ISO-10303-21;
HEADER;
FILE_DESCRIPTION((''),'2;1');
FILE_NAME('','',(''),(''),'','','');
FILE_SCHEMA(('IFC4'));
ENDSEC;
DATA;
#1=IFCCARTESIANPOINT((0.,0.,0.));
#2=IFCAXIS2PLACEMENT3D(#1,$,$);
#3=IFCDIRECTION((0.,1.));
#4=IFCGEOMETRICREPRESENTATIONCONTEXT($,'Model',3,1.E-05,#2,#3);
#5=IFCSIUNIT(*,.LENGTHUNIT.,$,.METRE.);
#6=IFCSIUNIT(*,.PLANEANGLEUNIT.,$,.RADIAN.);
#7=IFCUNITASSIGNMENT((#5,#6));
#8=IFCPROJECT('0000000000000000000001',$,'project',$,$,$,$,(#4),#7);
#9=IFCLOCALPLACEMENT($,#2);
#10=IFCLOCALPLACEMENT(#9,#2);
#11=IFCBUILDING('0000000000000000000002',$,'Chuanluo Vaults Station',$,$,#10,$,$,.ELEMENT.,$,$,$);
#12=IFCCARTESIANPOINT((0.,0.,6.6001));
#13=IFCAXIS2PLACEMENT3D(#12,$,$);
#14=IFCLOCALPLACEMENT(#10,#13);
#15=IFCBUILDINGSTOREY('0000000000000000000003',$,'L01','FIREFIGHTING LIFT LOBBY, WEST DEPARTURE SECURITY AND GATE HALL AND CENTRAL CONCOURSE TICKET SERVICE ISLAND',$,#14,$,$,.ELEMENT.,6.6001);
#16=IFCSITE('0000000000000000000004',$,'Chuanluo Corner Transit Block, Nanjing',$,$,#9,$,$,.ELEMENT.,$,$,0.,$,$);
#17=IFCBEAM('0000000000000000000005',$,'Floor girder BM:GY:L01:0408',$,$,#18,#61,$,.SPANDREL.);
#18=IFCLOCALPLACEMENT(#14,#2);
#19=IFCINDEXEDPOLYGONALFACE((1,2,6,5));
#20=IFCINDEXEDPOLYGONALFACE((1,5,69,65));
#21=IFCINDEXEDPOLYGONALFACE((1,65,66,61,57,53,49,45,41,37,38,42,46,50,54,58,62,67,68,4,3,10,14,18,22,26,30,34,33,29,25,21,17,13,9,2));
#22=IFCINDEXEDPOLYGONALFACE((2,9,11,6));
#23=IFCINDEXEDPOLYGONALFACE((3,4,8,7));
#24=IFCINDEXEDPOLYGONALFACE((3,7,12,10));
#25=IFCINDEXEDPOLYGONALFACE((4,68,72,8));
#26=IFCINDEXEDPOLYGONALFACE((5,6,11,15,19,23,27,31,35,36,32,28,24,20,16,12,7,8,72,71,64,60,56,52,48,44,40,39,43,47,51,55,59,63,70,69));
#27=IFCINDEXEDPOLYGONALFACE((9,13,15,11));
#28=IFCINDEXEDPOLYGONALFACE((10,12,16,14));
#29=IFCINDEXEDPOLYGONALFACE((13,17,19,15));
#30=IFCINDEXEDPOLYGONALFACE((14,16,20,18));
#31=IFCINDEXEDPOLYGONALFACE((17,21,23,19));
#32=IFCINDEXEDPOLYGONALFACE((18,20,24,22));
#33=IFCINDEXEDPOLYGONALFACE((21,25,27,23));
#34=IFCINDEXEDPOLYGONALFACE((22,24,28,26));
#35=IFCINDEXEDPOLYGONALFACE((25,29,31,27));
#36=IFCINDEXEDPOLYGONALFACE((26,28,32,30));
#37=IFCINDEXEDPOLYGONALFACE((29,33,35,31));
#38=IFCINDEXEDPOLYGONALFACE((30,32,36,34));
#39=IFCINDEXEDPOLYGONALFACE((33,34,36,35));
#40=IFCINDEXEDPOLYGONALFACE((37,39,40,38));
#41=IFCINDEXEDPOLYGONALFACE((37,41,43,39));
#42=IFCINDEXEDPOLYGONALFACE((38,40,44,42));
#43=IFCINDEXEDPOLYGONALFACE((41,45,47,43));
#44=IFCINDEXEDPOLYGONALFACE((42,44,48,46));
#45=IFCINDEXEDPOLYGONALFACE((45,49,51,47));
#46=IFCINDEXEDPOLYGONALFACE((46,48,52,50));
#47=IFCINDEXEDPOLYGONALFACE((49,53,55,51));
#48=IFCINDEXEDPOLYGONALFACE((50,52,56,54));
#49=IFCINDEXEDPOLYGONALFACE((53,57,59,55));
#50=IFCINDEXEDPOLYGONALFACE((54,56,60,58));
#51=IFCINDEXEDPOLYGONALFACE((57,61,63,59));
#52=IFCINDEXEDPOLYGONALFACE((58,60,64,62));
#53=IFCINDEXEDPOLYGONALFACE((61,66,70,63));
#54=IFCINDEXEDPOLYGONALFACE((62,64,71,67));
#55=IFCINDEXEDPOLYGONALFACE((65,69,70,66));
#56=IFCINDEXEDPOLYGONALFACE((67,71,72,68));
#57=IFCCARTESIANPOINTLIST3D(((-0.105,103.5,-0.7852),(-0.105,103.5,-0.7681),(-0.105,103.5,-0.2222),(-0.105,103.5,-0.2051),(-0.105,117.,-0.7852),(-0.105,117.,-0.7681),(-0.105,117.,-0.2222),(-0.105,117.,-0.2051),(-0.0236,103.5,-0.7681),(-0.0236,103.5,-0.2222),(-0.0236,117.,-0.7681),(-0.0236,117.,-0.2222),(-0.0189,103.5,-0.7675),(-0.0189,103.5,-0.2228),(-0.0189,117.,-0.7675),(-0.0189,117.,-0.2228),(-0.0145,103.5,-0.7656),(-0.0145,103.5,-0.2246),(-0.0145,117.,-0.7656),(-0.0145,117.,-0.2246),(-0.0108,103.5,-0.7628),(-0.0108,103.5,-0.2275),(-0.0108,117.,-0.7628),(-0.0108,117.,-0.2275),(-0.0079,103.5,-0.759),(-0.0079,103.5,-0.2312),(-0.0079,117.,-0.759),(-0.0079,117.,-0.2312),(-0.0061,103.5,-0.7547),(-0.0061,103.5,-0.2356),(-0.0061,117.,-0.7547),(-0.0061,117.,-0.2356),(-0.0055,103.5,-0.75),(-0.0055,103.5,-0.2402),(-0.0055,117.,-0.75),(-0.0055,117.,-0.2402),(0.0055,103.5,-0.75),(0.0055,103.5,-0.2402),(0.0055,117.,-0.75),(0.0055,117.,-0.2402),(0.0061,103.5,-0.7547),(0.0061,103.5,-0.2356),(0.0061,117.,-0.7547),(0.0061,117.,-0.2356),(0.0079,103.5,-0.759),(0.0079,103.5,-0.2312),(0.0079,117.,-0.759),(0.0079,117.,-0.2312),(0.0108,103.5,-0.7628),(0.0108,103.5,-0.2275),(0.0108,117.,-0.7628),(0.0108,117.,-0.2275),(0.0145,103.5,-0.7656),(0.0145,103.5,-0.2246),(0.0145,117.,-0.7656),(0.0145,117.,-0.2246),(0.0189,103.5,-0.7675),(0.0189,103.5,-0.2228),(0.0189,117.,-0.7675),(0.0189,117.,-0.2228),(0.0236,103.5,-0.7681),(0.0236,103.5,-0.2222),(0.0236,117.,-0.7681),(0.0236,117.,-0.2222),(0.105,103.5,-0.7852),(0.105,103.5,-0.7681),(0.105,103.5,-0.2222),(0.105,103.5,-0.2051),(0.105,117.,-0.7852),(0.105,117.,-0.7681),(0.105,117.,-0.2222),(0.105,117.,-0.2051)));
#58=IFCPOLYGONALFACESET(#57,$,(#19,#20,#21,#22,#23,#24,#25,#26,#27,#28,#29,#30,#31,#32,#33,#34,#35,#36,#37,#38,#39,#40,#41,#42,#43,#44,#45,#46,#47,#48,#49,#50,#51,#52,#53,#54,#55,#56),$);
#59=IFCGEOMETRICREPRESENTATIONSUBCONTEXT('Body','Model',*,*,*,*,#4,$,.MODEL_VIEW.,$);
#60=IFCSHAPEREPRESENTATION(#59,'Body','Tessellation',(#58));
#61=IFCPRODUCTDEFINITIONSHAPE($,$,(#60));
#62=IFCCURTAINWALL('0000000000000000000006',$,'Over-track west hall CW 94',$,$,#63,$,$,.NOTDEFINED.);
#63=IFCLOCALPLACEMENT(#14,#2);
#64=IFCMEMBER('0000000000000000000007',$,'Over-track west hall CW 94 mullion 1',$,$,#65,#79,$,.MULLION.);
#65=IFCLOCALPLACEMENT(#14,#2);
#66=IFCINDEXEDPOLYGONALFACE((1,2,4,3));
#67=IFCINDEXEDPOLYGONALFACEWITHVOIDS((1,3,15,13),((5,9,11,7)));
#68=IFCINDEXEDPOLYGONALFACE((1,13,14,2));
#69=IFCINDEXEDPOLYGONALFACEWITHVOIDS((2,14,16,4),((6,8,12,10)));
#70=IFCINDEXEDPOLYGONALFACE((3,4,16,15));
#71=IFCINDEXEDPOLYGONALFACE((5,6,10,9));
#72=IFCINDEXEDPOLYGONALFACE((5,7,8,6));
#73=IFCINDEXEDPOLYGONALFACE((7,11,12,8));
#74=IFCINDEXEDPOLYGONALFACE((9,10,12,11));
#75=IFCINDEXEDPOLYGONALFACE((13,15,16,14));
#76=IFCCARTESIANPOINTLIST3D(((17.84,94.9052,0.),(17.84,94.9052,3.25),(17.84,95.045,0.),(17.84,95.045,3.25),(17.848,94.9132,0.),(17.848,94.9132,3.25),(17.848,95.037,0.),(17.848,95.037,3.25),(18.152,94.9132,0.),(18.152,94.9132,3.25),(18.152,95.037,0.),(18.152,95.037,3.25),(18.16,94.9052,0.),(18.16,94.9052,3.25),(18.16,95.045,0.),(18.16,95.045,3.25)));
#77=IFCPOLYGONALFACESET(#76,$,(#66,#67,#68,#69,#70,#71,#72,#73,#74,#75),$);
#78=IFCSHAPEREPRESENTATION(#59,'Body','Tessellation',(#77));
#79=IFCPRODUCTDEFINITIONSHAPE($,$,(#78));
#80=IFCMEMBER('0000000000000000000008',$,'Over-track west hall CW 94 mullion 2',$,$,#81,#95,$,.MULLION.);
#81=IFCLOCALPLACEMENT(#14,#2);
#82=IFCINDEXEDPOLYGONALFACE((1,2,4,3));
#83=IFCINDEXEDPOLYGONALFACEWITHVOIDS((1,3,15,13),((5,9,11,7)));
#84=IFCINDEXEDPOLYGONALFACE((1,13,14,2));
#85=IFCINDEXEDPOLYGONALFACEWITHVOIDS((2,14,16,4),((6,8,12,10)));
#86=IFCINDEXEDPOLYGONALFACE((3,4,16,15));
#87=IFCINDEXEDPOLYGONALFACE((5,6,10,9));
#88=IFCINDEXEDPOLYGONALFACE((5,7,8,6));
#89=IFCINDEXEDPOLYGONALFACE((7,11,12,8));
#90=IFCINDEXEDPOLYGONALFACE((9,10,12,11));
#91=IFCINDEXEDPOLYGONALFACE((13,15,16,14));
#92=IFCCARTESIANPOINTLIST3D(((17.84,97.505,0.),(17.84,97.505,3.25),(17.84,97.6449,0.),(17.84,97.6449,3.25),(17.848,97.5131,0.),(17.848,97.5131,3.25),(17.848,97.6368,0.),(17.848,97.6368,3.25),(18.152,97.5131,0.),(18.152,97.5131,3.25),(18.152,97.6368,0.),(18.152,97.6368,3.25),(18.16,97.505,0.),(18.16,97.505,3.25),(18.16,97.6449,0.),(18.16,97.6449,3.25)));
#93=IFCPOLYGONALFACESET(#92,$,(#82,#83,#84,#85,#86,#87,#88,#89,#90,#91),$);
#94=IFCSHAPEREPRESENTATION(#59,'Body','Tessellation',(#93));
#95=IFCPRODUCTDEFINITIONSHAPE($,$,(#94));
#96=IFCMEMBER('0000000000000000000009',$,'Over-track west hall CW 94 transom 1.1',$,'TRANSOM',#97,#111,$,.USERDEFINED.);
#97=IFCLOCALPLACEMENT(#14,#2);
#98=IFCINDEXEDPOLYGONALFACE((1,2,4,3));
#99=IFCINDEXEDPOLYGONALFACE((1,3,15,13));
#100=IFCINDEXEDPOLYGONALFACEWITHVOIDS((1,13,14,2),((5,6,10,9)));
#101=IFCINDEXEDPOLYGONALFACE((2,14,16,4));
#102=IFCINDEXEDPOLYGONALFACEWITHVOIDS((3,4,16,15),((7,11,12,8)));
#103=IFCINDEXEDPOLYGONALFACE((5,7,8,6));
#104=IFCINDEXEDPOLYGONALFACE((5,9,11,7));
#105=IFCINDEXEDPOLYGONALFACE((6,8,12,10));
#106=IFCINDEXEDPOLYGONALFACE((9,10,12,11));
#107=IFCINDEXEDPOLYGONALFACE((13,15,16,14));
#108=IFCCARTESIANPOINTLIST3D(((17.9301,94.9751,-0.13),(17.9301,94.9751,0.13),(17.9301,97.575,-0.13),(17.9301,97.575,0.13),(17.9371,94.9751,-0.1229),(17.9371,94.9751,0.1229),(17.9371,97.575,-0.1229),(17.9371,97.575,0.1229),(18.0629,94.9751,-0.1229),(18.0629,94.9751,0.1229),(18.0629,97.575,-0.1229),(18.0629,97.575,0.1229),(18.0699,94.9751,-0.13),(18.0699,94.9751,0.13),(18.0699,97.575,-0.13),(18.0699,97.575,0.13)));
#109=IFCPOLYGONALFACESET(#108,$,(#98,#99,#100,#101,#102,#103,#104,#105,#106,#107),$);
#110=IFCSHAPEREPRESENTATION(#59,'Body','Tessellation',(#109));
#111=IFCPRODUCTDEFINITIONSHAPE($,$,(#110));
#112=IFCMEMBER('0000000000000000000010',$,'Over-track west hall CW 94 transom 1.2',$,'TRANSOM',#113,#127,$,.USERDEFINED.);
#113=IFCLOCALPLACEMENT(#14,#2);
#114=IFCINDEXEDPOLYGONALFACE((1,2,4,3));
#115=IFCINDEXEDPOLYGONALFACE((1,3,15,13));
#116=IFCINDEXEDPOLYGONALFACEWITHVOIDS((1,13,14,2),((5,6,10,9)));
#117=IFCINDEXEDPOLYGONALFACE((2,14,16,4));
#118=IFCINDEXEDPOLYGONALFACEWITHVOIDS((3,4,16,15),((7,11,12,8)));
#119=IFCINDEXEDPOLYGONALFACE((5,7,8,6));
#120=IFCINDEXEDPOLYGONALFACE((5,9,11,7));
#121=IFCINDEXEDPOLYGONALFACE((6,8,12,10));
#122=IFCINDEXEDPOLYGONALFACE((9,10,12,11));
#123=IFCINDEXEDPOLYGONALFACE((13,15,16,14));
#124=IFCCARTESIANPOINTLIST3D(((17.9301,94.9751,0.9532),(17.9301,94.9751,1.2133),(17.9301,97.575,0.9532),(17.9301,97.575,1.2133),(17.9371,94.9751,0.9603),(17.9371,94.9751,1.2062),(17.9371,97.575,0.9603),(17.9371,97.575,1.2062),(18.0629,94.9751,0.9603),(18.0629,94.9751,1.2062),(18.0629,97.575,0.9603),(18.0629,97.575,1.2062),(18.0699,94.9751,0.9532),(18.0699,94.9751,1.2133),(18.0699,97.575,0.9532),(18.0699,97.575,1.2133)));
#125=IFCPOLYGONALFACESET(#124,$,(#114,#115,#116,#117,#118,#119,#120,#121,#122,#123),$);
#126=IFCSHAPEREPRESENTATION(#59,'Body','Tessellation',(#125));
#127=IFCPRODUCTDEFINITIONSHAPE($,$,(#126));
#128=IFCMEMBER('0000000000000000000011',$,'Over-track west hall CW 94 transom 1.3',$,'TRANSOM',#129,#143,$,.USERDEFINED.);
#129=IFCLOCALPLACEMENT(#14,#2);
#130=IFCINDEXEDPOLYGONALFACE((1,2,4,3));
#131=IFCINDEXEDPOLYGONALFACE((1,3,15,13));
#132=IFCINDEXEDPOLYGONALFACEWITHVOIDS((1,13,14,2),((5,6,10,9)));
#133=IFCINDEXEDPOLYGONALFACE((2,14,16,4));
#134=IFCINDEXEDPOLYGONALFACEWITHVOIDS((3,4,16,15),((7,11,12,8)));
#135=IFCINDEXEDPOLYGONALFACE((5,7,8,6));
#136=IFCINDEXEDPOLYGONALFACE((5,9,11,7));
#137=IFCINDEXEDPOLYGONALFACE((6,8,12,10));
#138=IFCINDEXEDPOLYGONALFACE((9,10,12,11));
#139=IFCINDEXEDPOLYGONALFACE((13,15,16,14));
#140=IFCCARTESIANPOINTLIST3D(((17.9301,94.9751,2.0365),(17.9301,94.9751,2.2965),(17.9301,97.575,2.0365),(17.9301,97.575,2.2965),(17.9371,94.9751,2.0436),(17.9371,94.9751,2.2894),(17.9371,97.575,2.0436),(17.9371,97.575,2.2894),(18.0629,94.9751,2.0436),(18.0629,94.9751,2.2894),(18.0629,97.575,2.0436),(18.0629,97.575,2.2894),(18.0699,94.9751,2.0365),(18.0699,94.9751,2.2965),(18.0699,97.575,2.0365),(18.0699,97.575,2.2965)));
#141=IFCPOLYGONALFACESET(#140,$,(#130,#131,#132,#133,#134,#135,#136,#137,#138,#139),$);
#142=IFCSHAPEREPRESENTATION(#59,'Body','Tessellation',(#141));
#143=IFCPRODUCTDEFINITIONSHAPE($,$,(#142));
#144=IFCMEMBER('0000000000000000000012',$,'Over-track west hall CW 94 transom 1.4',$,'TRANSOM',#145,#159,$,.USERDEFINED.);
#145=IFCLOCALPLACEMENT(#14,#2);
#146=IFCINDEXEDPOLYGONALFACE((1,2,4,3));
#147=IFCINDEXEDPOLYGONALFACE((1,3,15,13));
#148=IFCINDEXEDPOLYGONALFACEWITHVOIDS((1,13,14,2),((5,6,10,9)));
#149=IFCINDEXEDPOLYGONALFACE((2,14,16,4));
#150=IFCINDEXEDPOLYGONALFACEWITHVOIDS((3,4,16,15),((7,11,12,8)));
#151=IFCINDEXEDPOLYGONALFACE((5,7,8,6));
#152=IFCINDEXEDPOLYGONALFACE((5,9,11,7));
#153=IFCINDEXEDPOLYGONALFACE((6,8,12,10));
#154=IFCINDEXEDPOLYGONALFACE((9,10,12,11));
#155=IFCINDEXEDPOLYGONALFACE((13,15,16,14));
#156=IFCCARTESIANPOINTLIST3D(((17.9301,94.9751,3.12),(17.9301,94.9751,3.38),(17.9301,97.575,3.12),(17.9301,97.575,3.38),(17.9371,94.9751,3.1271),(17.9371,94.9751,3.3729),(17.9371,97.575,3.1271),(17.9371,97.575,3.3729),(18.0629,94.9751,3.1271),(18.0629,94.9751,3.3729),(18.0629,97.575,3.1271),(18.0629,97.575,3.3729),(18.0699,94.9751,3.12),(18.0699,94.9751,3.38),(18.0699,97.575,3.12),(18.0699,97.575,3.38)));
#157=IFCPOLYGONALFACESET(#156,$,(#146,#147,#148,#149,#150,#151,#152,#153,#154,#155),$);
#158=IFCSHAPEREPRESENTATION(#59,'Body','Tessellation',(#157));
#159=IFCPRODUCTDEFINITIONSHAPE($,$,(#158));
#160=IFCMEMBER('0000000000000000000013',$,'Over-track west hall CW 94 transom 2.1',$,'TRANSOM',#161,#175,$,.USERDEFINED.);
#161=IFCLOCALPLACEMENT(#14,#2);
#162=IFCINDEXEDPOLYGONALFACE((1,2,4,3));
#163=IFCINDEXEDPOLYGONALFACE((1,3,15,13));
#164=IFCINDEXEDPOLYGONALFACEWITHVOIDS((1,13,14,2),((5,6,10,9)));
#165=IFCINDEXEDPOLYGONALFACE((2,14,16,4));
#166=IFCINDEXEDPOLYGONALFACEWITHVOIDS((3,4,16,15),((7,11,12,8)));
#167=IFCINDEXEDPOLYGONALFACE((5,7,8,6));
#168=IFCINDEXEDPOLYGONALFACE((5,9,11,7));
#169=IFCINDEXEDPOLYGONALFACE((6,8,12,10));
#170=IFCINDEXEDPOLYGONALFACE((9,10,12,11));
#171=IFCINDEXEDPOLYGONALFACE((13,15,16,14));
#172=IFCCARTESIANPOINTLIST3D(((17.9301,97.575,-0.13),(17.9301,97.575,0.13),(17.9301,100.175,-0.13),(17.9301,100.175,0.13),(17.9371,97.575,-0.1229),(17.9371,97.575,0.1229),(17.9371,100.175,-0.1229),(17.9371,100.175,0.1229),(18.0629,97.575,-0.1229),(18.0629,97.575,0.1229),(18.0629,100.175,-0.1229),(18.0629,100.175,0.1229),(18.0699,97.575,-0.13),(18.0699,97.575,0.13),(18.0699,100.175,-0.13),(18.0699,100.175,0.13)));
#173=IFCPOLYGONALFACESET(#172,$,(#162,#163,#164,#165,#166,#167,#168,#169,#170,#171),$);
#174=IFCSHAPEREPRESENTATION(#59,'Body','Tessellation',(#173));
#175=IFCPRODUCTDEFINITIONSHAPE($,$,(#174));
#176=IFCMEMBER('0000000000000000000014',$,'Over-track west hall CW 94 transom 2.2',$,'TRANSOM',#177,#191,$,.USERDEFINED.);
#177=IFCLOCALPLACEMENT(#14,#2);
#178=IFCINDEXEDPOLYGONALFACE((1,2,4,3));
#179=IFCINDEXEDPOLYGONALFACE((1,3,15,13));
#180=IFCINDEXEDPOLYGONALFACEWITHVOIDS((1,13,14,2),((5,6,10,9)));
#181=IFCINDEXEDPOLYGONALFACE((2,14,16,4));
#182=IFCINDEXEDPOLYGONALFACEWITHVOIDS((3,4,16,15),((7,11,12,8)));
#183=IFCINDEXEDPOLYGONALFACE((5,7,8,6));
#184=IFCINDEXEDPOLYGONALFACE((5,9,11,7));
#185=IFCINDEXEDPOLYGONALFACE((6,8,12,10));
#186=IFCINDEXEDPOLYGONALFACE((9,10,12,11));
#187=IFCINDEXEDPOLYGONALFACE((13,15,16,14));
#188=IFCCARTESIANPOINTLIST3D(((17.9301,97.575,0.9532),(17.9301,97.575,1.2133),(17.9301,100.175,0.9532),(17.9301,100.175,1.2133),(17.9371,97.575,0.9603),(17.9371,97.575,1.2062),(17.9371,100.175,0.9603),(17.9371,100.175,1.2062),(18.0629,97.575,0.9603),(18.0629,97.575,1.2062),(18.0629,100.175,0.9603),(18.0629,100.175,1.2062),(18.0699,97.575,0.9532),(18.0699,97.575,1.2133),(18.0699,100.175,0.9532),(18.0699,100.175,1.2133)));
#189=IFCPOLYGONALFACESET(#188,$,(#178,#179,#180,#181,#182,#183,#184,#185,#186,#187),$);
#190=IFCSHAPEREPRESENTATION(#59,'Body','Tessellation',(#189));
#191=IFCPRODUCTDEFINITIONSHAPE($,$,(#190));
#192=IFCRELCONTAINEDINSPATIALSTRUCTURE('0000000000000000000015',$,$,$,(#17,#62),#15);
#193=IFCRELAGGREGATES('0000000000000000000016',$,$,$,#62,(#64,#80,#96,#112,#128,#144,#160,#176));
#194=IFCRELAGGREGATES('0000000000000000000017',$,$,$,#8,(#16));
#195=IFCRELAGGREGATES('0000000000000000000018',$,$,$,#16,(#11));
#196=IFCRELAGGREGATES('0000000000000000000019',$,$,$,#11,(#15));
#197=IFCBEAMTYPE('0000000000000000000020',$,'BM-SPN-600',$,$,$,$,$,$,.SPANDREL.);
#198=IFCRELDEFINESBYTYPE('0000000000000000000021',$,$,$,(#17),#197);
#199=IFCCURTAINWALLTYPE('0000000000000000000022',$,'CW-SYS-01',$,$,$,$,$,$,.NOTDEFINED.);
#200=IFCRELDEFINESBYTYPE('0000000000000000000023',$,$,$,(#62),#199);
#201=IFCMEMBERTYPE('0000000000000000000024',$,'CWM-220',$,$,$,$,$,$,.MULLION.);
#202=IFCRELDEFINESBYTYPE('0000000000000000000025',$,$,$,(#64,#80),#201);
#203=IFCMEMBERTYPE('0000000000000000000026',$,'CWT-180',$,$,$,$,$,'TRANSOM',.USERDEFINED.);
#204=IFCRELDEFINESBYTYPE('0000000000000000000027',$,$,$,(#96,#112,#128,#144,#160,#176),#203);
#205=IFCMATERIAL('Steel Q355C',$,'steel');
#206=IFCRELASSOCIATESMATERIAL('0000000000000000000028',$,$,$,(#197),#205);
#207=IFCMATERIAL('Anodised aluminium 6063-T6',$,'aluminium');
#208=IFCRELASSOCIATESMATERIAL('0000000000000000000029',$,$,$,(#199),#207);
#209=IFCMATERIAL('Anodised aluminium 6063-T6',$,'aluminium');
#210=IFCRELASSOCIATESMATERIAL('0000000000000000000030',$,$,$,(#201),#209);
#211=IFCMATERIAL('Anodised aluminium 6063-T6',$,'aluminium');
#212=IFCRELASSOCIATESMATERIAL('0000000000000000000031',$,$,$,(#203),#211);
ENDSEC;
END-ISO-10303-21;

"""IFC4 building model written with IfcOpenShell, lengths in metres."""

from ifc_helpers import new_model, si_unit, direction, frame, origin, origin_2d, place, context, subcontext, project, spatial, hollow_rectangle, i_section, extrude, material, material_profile, profile_set, type_object, element, aggregate, save


model = new_model("IFC4")

# Units and contexts
model_context = context("Model", 3, precision=1e-05, world=origin(), true_north=direction((0.0, 1.0)))
body_context = subcontext(model_context, "Body", "Model", "MODEL_VIEW")
ifc_project = project(units=[si_unit("LENGTHUNIT", "METRE"), si_unit("PLANEANGLEUNIT", "RADIAN")], contexts=[model_context])

# Site, building, storey
site_placement = place(None, origin())
site = spatial("IfcSite", under=ifc_project, at=site_placement, Name="Chuanluo Corner Transit Block, Nanjing", CompositionType="ELEMENT", RefElevation=0.0)
building_placement = place(site_placement, origin())
building = spatial("IfcBuilding", under=site, at=building_placement, Name="Chuanluo Vaults Station", CompositionType="ELEMENT")
storey_placement = place(building_placement, frame((0.0, 0.0, 6.6001)))
storey = spatial("IfcBuildingStorey", under=building, at=storey_placement, Name="L01", Description="FIREFIGHTING LIFT LOBBY, WEST DEPARTURE SECURITY AND GATE HALL AND CENTRAL CONCOURSE TICKET SERVICE ISLAND", CompositionType="ELEMENT", Elevation=6.6001)

# Beam
ifc_material_1 = material(Name="Steel Q355C", Category="steel")
ifc_material_profile_1 = material_profile(ifc_material_1, i_section(OverallWidth=0.21, OverallDepth=0.5801, WebThickness=0.011, FlangeThickness=0.0171, FilletRadius=0.0181, at=origin_2d()))
ifc_profile_set_1 = profile_set([ifc_material_profile_1], Name="Steel Q355C")
beam_type_1 = type_object("IfcBeamType", Name="BM-SPN-600", PredefinedType="SPANDREL", material=ifc_profile_set_1)
beam_1_placement = place(storey_placement, frame((0.0, 103.5, -0.4951), z_axis=(0.0, 1.0, 0.0), x_axis=(-1.0, 0.0, 0.0)))
element("IfcBeam", 1, at=beam_1_placement, inside=storey, type_object=beam_type_1, Name="Floor girder BM:GY:L01:0408", PredefinedType="SPANDREL", context=body_context, shape_type="SweptSolid", body=[
    extrude(i_section(OverallWidth=0.21, OverallDepth=0.5801, WebThickness=0.011, FlangeThickness=0.0171, FilletRadius=0.0181, at=origin_2d()), origin(), (0.0, 0.0, 1.0), 13.5),
])

# Curtain wall, members
ifc_material_2 = material(Name="Anodised aluminium 6063-T6", Category="aluminium")
curtain_wall_type = type_object("IfcCurtainWallType", Name="CW-SYS-01", PredefinedType="NOTDEFINED", material=ifc_material_2)
curtain_wall_placement = place(storey_placement, origin())
curtain_wall = element("IfcCurtainWall", 2, at=curtain_wall_placement, inside=storey, type_object=curtain_wall_type, Name="Over-track west hall CW 94", PredefinedType="NOTDEFINED")
ifc_material_3 = material(Name="Anodised aluminium 6063-T6", Category="aluminium")
ifc_material_profile_2 = material_profile(ifc_material_3, hollow_rectangle(XDim=0.1399, YDim=0.3201, WallThickness=0.0081, at=origin_2d()))
ifc_profile_set_2 = profile_set([ifc_material_profile_2], Name="Anodised aluminium 6063-T6")
member_type_1 = type_object("IfcMemberType", Name="CWM-220", PredefinedType="MULLION", material=ifc_profile_set_2)
member_1_placement = place(storey_placement, frame((18.0, 94.9751, 0.0), z_axis=(0.0, 0.0, 1.0), x_axis=(0.0, 1.0, 0.0)))
member_1 = element("IfcMember", 3, at=member_1_placement, type_object=member_type_1, Name="Over-track west hall CW 94 mullion 1", PredefinedType="MULLION", context=body_context, shape_type="SweptSolid", body=[
    extrude(hollow_rectangle(XDim=0.1399, YDim=0.3201, WallThickness=0.0081, at=origin_2d()), origin(), (0.0, 0.0, 1.0), 3.25),
])
member_2_placement = place(storey_placement, frame((18.0, 97.575, 0.0), z_axis=(0.0, 0.0, 1.0), x_axis=(0.0, 1.0, 0.0)))
member_2 = element("IfcMember", 4, at=member_2_placement, type_object=member_type_1, Name="Over-track west hall CW 94 mullion 2", PredefinedType="MULLION", context=body_context, shape_type="SweptSolid", body=[
    extrude(hollow_rectangle(XDim=0.1399, YDim=0.3201, WallThickness=0.0081, at=origin_2d()), origin(), (0.0, 0.0, 1.0), 3.25),
])
ifc_material_4 = material(Name="Anodised aluminium 6063-T6", Category="aluminium")
ifc_material_profile_3 = material_profile(ifc_material_4, hollow_rectangle(XDim=0.1399, YDim=0.26, WallThickness=0.0071, at=origin_2d()))
ifc_profile_set_3 = profile_set([ifc_material_profile_3], Name="Anodised aluminium 6063-T6")
member_type_2 = type_object("IfcMemberType", Name="CWT-180", ElementType="TRANSOM", PredefinedType="USERDEFINED", material=ifc_profile_set_3)
member_3_placement = place(storey_placement, frame((18.0, 94.9751, 0.0), z_axis=(0.0, 1.0, 0.0), x_axis=(-1.0, 0.0, 0.0)))
member_3 = element("IfcMember", 5, at=member_3_placement, type_object=member_type_2, Name="Over-track west hall CW 94 transom 1.1", ObjectType="TRANSOM", PredefinedType="USERDEFINED", context=body_context, shape_type="SweptSolid", body=[
    extrude(hollow_rectangle(XDim=0.1399, YDim=0.26, WallThickness=0.0071, at=origin_2d()), origin(), (0.0, 0.0, 1.0), 2.5999),
])
member_4_placement = place(storey_placement, frame((18.0, 94.9751, 1.0833), z_axis=(0.0, 1.0, 0.0), x_axis=(-1.0, 0.0, 0.0)))
member_4 = element("IfcMember", 6, at=member_4_placement, type_object=member_type_2, Name="Over-track west hall CW 94 transom 1.2", ObjectType="TRANSOM", PredefinedType="USERDEFINED", context=body_context, shape_type="SweptSolid", body=[
    extrude(hollow_rectangle(XDim=0.1399, YDim=0.26, WallThickness=0.0071, at=origin_2d()), origin(), (0.0, 0.0, 1.0), 2.5999),
])
member_5_placement = place(storey_placement, frame((18.0, 94.9751, 2.1665), z_axis=(0.0, 1.0, 0.0), x_axis=(-1.0, 0.0, 0.0)))
member_5 = element("IfcMember", 7, at=member_5_placement, type_object=member_type_2, Name="Over-track west hall CW 94 transom 1.3", ObjectType="TRANSOM", PredefinedType="USERDEFINED", context=body_context, shape_type="SweptSolid", body=[
    extrude(hollow_rectangle(XDim=0.1399, YDim=0.26, WallThickness=0.0071, at=origin_2d()), origin(), (0.0, 0.0, 1.0), 2.5999),
])
member_6_placement = place(storey_placement, frame((18.0, 94.9751, 3.25), z_axis=(0.0, 1.0, 0.0), x_axis=(-1.0, 0.0, 0.0)))
member_6 = element("IfcMember", 8, at=member_6_placement, type_object=member_type_2, Name="Over-track west hall CW 94 transom 1.4", ObjectType="TRANSOM", PredefinedType="USERDEFINED", context=body_context, shape_type="SweptSolid", body=[
    extrude(hollow_rectangle(XDim=0.1399, YDim=0.26, WallThickness=0.0071, at=origin_2d()), origin(), (0.0, 0.0, 1.0), 2.5999),
])
member_7_placement = place(storey_placement, frame((18.0, 97.575, 0.0), z_axis=(0.0, 1.0, 0.0), x_axis=(-1.0, 0.0, 0.0)))
member_7 = element("IfcMember", 9, at=member_7_placement, type_object=member_type_2, Name="Over-track west hall CW 94 transom 2.1", ObjectType="TRANSOM", PredefinedType="USERDEFINED", context=body_context, shape_type="SweptSolid", body=[
    extrude(hollow_rectangle(XDim=0.1399, YDim=0.26, WallThickness=0.0071, at=origin_2d()), origin(), (0.0, 0.0, 1.0), 2.6001),
])
member_8_placement = place(storey_placement, frame((18.0, 97.575, 1.0833), z_axis=(0.0, 1.0, 0.0), x_axis=(-1.0, 0.0, 0.0)))
member_8 = element("IfcMember", 10, at=member_8_placement, type_object=member_type_2, Name="Over-track west hall CW 94 transom 2.2", ObjectType="TRANSOM", PredefinedType="USERDEFINED", context=body_context, shape_type="SweptSolid", body=[
    extrude(hollow_rectangle(XDim=0.1399, YDim=0.26, WallThickness=0.0071, at=origin_2d()), origin(), (0.0, 0.0, 1.0), 2.6001),
])

aggregate(curtain_wall, [member_1, member_2, member_3, member_4, member_5, member_6, member_7, member_8])

save(model, "model.ifc")
